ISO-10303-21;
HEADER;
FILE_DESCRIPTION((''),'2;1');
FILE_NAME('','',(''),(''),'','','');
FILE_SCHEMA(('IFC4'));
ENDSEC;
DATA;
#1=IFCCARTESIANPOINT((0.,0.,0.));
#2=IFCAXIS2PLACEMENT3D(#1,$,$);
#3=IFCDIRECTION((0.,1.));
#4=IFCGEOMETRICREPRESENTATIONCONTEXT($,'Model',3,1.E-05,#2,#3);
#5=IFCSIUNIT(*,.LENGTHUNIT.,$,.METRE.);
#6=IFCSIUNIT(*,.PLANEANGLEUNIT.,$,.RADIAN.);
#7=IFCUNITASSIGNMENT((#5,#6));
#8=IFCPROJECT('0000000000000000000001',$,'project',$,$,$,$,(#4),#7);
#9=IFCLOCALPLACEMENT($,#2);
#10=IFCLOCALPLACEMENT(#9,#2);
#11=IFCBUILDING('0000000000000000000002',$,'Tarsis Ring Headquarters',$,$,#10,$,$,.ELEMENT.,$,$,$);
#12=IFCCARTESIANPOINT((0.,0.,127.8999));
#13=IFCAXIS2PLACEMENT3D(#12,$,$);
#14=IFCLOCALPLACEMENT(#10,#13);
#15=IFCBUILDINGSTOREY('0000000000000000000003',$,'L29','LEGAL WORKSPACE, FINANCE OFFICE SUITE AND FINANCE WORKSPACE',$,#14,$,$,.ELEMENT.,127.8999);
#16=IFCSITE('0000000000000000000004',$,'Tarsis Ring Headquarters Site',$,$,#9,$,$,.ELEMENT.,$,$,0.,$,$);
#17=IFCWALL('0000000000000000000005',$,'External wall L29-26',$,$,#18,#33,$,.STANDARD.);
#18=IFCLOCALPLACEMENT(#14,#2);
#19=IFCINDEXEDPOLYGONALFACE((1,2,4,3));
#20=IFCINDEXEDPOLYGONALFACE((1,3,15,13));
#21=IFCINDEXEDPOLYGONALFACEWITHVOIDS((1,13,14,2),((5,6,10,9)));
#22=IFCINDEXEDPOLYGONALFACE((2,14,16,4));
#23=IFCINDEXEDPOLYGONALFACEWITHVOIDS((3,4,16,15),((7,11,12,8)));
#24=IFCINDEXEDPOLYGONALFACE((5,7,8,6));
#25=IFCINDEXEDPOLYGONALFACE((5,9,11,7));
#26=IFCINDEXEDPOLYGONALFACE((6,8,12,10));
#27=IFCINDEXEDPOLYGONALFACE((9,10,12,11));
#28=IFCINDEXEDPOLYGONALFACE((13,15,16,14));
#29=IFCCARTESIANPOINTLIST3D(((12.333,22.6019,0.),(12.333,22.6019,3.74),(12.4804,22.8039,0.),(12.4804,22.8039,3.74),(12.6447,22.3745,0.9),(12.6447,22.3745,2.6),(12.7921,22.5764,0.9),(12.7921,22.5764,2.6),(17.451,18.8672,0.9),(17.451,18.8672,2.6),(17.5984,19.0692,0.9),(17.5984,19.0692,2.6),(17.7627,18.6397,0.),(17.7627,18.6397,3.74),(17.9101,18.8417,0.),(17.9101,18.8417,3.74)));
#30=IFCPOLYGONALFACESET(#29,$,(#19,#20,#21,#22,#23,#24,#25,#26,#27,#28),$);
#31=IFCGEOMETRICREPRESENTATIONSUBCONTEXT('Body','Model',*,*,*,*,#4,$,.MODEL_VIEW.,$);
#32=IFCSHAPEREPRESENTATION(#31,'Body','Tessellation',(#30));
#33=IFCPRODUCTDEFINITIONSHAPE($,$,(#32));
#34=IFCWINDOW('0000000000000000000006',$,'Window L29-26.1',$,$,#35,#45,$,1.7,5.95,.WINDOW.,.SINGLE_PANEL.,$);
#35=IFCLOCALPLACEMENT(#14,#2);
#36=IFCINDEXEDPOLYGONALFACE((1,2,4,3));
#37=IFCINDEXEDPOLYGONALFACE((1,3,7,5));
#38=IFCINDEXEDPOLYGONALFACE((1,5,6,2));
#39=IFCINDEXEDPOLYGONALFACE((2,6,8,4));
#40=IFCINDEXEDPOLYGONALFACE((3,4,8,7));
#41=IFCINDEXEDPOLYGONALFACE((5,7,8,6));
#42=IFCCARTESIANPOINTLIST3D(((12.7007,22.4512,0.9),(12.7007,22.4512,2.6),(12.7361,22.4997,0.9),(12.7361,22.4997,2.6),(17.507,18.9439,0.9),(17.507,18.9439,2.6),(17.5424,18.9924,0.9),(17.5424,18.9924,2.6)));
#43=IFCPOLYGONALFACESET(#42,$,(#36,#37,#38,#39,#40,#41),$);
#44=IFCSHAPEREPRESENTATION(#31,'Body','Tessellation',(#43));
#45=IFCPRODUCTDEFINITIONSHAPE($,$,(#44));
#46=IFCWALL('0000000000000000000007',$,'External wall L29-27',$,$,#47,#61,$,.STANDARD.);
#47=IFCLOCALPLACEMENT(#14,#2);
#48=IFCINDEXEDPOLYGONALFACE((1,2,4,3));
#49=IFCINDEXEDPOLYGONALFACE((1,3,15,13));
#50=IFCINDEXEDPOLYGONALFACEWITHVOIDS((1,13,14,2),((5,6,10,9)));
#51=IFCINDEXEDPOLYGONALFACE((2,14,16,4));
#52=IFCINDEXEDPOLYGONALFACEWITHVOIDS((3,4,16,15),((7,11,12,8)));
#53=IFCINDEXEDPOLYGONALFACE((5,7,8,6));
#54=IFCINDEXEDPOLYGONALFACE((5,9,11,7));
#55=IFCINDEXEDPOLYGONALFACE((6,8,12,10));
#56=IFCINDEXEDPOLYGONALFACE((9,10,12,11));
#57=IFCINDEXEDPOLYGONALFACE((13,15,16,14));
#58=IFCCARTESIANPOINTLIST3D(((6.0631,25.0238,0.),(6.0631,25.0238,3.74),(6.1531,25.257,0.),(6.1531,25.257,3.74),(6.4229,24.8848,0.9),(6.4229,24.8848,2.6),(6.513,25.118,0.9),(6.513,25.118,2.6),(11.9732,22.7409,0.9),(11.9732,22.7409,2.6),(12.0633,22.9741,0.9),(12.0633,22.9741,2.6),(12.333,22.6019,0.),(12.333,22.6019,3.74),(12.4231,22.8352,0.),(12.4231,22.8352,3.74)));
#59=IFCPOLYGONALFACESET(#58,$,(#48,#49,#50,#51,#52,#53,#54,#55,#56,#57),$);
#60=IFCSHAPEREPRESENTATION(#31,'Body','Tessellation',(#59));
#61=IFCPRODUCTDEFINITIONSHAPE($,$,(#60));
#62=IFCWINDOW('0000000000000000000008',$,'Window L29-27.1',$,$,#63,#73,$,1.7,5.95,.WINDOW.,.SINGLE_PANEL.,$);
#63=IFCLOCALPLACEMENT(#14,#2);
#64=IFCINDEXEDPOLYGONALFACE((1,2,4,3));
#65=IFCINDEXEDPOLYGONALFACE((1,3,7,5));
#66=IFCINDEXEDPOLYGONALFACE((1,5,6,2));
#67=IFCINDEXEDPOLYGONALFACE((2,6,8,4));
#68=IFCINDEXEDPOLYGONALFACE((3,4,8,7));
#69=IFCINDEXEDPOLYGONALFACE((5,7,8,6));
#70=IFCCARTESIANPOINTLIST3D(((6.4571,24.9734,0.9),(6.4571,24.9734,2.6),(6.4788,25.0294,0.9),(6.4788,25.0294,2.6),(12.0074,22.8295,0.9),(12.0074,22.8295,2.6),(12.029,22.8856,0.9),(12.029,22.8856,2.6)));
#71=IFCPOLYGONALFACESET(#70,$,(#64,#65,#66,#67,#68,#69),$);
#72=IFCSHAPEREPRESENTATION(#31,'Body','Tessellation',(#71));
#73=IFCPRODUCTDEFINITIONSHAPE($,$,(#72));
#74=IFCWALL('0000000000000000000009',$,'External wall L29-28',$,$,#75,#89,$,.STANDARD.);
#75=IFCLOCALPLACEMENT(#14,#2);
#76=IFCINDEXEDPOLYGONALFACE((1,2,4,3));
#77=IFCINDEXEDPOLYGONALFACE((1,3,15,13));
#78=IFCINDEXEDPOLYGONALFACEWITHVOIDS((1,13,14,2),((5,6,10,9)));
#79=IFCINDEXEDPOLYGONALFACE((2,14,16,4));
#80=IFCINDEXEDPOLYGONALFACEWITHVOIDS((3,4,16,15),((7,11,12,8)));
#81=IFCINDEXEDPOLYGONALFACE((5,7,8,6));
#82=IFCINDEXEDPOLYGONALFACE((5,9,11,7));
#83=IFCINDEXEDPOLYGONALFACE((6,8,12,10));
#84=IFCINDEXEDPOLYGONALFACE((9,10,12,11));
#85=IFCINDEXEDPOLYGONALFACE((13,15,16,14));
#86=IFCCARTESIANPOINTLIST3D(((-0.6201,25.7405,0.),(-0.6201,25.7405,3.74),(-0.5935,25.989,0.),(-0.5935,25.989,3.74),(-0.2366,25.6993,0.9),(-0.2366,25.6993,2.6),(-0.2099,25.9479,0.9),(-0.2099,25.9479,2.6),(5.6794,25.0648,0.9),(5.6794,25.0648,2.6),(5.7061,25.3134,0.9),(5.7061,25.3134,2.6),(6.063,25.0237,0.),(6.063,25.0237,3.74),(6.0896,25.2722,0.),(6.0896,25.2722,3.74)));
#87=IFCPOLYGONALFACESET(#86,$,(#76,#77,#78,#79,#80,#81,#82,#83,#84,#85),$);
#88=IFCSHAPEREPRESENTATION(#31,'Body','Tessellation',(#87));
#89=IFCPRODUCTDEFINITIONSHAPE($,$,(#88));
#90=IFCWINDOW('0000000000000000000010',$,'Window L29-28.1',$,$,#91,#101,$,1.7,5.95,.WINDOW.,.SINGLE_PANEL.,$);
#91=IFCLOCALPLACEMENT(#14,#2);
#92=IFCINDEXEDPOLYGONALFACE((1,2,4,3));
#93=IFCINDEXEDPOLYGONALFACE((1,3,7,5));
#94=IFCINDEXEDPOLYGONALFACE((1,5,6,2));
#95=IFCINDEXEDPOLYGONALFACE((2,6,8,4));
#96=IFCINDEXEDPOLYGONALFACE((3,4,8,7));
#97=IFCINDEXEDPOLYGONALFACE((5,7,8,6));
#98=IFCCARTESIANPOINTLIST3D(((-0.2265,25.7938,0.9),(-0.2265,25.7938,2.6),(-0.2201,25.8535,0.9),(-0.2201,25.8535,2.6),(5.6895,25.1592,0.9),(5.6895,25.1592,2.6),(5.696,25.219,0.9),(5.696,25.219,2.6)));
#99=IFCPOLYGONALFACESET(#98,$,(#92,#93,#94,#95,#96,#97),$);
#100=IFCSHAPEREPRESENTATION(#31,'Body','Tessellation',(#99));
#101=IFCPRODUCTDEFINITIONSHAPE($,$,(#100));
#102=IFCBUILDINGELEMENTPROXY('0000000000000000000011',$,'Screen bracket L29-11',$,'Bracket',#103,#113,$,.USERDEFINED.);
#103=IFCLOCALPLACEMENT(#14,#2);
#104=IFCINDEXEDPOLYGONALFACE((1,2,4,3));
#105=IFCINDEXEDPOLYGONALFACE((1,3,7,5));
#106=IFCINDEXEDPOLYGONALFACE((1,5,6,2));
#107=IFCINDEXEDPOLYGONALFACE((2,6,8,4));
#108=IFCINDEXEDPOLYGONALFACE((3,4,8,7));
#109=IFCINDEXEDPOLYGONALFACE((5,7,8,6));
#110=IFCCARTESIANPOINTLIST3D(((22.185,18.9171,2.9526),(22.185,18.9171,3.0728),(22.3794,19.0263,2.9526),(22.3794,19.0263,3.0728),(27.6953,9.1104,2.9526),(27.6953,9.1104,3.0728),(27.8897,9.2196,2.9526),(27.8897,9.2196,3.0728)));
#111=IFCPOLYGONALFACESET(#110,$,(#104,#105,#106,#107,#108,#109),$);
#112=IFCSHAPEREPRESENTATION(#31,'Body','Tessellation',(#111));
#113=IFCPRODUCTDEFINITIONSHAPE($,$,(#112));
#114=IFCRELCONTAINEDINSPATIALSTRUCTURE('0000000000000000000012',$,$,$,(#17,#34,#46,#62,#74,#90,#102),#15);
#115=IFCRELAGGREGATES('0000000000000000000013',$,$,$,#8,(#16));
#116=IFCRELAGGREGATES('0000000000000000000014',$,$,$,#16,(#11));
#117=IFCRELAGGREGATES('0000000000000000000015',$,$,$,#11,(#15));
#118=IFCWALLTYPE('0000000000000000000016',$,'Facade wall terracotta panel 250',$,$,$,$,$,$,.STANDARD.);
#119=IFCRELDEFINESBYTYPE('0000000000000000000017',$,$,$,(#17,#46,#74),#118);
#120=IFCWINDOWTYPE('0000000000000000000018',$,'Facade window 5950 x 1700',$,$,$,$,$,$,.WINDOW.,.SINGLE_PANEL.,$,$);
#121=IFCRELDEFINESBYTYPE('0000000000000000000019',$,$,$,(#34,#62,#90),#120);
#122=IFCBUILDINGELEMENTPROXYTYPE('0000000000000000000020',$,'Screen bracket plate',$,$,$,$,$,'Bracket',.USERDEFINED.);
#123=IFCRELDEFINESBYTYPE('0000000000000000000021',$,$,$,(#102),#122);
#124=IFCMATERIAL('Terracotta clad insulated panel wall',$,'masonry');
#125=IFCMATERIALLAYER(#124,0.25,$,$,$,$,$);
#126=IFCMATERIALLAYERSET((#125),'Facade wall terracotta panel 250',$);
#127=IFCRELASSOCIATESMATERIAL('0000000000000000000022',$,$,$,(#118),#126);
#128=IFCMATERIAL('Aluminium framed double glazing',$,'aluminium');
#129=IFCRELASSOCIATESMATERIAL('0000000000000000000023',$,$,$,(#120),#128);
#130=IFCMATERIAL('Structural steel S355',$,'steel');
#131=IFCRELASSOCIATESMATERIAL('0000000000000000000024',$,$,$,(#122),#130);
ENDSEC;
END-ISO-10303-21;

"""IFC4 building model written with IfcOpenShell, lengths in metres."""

from ifc_helpers import new_model, si_unit, direction, frame, frame_2d, origin, origin_2d, place, context, subcontext, project, spatial, rectangle, extrude, material, layer, layer_set, type_object, element, fill, save


model = new_model("IFC4")

# Units and contexts
model_context = context("Model", 3, precision=1e-05, world=origin(), true_north=direction((0.0, 1.0)))
body_context = subcontext(model_context, "Body", "Model", "MODEL_VIEW")
ifc_project = project(units=[si_unit("LENGTHUNIT", "METRE"), si_unit("PLANEANGLEUNIT", "RADIAN")], contexts=[model_context])

# Site, building, storey
site_placement = place(None, origin())
site = spatial("IfcSite", under=ifc_project, at=site_placement, Name="Tarsis Ring Headquarters Site", CompositionType="ELEMENT", RefElevation=0.0)
building_placement = place(site_placement, origin())
building = spatial("IfcBuilding", under=site, at=building_placement, Name="Tarsis Ring Headquarters", CompositionType="ELEMENT")
storey_placement = place(building_placement, frame((0.0, 0.0, 127.8999)))
storey = spatial("IfcBuildingStorey", under=building, at=storey_placement, Name="L29", Description="LEGAL WORKSPACE, FINANCE OFFICE SUITE AND FINANCE WORKSPACE", CompositionType="ELEMENT", Elevation=127.8999)

# Shared definitions
ifc_material_1 = material(Name="Structural steel S355", Category="steel")

# Walls, openings, windows
ifc_material_2 = material(Name="Terracotta clad insulated panel wall", Category="masonry")
ifc_layer = layer(ifc_material_2, 0.25)
ifc_layer_set = layer_set([ifc_layer], Name="Facade wall terracotta panel 250")
wall_type = type_object("IfcWallType", Name="Facade wall terracotta panel 250", PredefinedType="STANDARD", material=ifc_layer_set)
wall_1_placement = place(storey_placement, frame((17.8364, 18.7407, 0.0), z_axis=(0.0, 0.0, 1.0), x_axis=(-0.807794, 0.589465, 0.0)))
wall_1 = element("IfcWall", 1, at=wall_1_placement, inside=storey, type_object=wall_type, Name="External wall L29-26", PredefinedType="STANDARD", context=body_context, shape_type="SweptSolid", body=[
    extrude(rectangle(XDim=6.7217, YDim=0.25, at=frame_2d((3.3608, 0.0))), origin(), (0.0, 0.0, 1.0), 3.74),
])
opening_1_placement = place(wall_1_placement, frame((0.3857, 0.0, 0.8999)))
opening_1 = element("IfcOpeningElement", 2, at=opening_1_placement, cuts=wall_1, PredefinedType="OPENING", context=body_context, shape_type="SweptSolid", body=[
    extrude(rectangle(XDim=5.95, YDim=1.7, at=frame_2d((2.9751, 0.8501))), frame((0.0, 0.135, 0.0), z_axis=(0.0, -1.0, 0.0), x_axis=(1.0, 0.0, 0.0)), (0.0, 0.0, 1.0), 0.27),
])
ifc_material_3 = material(Name="Aluminium framed double glazing", Category="aluminium")
window_type = type_object("IfcWindowType", Name="Facade window 5950 x 1700", PartitioningType="SINGLE_PANEL", PredefinedType="WINDOW", material=ifc_material_3)
window_1_placement = place(opening_1_placement, origin())
window_1 = element("IfcWindow", 3, at=window_1_placement, inside=storey, type_object=window_type, Name="Window L29-26.1", OverallHeight=1.7, OverallWidth=5.95, PartitioningType="SINGLE_PANEL", PredefinedType="WINDOW", context=body_context, shape_type="SweptSolid", body=[
    extrude(rectangle(XDim=5.95, YDim=1.7, at=frame_2d((2.9751, 0.8501))), frame((0.0, 0.03, 0.0), z_axis=(0.0, -1.0, 0.0), x_axis=(1.0, 0.0, 0.0)), (0.0, 0.0, 1.0), 0.0601),
])
fill(opening_1, window_1)
wall_2_placement = place(storey_placement, frame((12.3782, 22.7185, 0.0), z_axis=(0.0, 0.0, 1.0), x_axis=(-0.93283, 0.360317, 0.0)))
wall_2 = element("IfcWall", 4, at=wall_2_placement, inside=storey, type_object=wall_type, Name="External wall L29-27", PredefinedType="STANDARD", context=body_context, shape_type="SweptSolid", body=[
    extrude(rectangle(XDim=6.7214, YDim=0.25, at=frame_2d((3.3608, 0.0))), origin(), (0.0, 0.0, 1.0), 3.74),
])
opening_2_placement = place(wall_2_placement, frame((0.3857, 0.0, 0.8999)))
opening_2 = element("IfcOpeningElement", 5, at=opening_2_placement, cuts=wall_2, PredefinedType="OPENING", context=body_context, shape_type="SweptSolid", body=[
    extrude(rectangle(XDim=5.95, YDim=1.7, at=frame_2d((2.9751, 0.8501))), frame((0.0, 0.135, 0.0), z_axis=(0.0, -1.0, 0.0), x_axis=(1.0, 0.0, 0.0)), (0.0, 0.0, 1.0), 0.27),
])
window_2_placement = place(opening_2_placement, origin())
window_2 = element("IfcWindow", 6, at=window_2_placement, inside=storey, type_object=window_type, Name="Window L29-27.1", OverallHeight=1.7, OverallWidth=5.95, PartitioningType="SINGLE_PANEL", PredefinedType="WINDOW", context=body_context, shape_type="SweptSolid", body=[
    extrude(rectangle(XDim=5.95, YDim=1.7, at=frame_2d((2.9751, 0.8501))), frame((0.0, 0.03, 0.0), z_axis=(0.0, -1.0, 0.0), x_axis=(1.0, 0.0, 0.0)), (0.0, 0.0, 1.0), 0.0601),
])
fill(opening_2, window_2)
wall_3_placement = place(storey_placement, frame((6.0764, 25.1479, 0.0), z_axis=(0.0, 0.0, 1.0), x_axis=(-0.994297, 0.106643, 0.0)))
wall_3 = element("IfcWall", 7, at=wall_3_placement, inside=storey, type_object=wall_type, Name="External wall L29-28", PredefinedType="STANDARD", context=body_context, shape_type="SweptSolid", body=[
    extrude(rectangle(XDim=6.7214, YDim=0.25, at=frame_2d((3.3608, 0.0))), origin(), (0.0, 0.0, 1.0), 3.74),
])
opening_3_placement = place(wall_3_placement, frame((0.3857, 0.0, 0.8999)))
opening_3 = element("IfcOpeningElement", 8, at=opening_3_placement, cuts=wall_3, PredefinedType="OPENING", context=body_context, shape_type="SweptSolid", body=[
    extrude(rectangle(XDim=5.95, YDim=1.7, at=frame_2d((2.9751, 0.8501))), frame((0.0, 0.135, 0.0), z_axis=(0.0, -1.0, 0.0), x_axis=(1.0, 0.0, 0.0)), (0.0, 0.0, 1.0), 0.27),
])
window_3_placement = place(opening_3_placement, origin())
window_3 = element("IfcWindow", 9, at=window_3_placement, inside=storey, type_object=window_type, Name="Window L29-28.1", OverallHeight=1.7, OverallWidth=5.95, PartitioningType="SINGLE_PANEL", PredefinedType="WINDOW", context=body_context, shape_type="SweptSolid", body=[
    extrude(rectangle(XDim=5.95, YDim=1.7, at=frame_2d((2.9751, 0.8501))), frame((0.0, 0.03, 0.0), z_axis=(0.0, -1.0, 0.0), x_axis=(1.0, 0.0, 0.0)), (0.0, 0.0, 1.0), 0.0601),
])
fill(opening_3, window_3)

# Building element proxy
building_element_proxy_type = type_object("IfcBuildingElementProxyType", Name="Screen bracket plate", ElementType="Bracket", PredefinedType="USERDEFINED", material=ifc_material_1)
proxy_placement = place(storey_placement, frame((25.0374, 14.0684, 2.9526), z_axis=(0.0, 0.0, 1.0), x_axis=(-0.489858, 0.871802, 0.0)))
element("IfcBuildingElementProxy", 10, at=proxy_placement, inside=storey, type_object=building_element_proxy_type, Name="Screen bracket L29-11", ObjectType="Bracket", PredefinedType="USERDEFINED", context=body_context, shape_type="SweptSolid", body=[
    extrude(rectangle(XDim=11.2488, YDim=0.2229, at=origin_2d()), origin(), (0.0, 0.0, 1.0), 0.1201),
])

save(model, "model.ifc")
